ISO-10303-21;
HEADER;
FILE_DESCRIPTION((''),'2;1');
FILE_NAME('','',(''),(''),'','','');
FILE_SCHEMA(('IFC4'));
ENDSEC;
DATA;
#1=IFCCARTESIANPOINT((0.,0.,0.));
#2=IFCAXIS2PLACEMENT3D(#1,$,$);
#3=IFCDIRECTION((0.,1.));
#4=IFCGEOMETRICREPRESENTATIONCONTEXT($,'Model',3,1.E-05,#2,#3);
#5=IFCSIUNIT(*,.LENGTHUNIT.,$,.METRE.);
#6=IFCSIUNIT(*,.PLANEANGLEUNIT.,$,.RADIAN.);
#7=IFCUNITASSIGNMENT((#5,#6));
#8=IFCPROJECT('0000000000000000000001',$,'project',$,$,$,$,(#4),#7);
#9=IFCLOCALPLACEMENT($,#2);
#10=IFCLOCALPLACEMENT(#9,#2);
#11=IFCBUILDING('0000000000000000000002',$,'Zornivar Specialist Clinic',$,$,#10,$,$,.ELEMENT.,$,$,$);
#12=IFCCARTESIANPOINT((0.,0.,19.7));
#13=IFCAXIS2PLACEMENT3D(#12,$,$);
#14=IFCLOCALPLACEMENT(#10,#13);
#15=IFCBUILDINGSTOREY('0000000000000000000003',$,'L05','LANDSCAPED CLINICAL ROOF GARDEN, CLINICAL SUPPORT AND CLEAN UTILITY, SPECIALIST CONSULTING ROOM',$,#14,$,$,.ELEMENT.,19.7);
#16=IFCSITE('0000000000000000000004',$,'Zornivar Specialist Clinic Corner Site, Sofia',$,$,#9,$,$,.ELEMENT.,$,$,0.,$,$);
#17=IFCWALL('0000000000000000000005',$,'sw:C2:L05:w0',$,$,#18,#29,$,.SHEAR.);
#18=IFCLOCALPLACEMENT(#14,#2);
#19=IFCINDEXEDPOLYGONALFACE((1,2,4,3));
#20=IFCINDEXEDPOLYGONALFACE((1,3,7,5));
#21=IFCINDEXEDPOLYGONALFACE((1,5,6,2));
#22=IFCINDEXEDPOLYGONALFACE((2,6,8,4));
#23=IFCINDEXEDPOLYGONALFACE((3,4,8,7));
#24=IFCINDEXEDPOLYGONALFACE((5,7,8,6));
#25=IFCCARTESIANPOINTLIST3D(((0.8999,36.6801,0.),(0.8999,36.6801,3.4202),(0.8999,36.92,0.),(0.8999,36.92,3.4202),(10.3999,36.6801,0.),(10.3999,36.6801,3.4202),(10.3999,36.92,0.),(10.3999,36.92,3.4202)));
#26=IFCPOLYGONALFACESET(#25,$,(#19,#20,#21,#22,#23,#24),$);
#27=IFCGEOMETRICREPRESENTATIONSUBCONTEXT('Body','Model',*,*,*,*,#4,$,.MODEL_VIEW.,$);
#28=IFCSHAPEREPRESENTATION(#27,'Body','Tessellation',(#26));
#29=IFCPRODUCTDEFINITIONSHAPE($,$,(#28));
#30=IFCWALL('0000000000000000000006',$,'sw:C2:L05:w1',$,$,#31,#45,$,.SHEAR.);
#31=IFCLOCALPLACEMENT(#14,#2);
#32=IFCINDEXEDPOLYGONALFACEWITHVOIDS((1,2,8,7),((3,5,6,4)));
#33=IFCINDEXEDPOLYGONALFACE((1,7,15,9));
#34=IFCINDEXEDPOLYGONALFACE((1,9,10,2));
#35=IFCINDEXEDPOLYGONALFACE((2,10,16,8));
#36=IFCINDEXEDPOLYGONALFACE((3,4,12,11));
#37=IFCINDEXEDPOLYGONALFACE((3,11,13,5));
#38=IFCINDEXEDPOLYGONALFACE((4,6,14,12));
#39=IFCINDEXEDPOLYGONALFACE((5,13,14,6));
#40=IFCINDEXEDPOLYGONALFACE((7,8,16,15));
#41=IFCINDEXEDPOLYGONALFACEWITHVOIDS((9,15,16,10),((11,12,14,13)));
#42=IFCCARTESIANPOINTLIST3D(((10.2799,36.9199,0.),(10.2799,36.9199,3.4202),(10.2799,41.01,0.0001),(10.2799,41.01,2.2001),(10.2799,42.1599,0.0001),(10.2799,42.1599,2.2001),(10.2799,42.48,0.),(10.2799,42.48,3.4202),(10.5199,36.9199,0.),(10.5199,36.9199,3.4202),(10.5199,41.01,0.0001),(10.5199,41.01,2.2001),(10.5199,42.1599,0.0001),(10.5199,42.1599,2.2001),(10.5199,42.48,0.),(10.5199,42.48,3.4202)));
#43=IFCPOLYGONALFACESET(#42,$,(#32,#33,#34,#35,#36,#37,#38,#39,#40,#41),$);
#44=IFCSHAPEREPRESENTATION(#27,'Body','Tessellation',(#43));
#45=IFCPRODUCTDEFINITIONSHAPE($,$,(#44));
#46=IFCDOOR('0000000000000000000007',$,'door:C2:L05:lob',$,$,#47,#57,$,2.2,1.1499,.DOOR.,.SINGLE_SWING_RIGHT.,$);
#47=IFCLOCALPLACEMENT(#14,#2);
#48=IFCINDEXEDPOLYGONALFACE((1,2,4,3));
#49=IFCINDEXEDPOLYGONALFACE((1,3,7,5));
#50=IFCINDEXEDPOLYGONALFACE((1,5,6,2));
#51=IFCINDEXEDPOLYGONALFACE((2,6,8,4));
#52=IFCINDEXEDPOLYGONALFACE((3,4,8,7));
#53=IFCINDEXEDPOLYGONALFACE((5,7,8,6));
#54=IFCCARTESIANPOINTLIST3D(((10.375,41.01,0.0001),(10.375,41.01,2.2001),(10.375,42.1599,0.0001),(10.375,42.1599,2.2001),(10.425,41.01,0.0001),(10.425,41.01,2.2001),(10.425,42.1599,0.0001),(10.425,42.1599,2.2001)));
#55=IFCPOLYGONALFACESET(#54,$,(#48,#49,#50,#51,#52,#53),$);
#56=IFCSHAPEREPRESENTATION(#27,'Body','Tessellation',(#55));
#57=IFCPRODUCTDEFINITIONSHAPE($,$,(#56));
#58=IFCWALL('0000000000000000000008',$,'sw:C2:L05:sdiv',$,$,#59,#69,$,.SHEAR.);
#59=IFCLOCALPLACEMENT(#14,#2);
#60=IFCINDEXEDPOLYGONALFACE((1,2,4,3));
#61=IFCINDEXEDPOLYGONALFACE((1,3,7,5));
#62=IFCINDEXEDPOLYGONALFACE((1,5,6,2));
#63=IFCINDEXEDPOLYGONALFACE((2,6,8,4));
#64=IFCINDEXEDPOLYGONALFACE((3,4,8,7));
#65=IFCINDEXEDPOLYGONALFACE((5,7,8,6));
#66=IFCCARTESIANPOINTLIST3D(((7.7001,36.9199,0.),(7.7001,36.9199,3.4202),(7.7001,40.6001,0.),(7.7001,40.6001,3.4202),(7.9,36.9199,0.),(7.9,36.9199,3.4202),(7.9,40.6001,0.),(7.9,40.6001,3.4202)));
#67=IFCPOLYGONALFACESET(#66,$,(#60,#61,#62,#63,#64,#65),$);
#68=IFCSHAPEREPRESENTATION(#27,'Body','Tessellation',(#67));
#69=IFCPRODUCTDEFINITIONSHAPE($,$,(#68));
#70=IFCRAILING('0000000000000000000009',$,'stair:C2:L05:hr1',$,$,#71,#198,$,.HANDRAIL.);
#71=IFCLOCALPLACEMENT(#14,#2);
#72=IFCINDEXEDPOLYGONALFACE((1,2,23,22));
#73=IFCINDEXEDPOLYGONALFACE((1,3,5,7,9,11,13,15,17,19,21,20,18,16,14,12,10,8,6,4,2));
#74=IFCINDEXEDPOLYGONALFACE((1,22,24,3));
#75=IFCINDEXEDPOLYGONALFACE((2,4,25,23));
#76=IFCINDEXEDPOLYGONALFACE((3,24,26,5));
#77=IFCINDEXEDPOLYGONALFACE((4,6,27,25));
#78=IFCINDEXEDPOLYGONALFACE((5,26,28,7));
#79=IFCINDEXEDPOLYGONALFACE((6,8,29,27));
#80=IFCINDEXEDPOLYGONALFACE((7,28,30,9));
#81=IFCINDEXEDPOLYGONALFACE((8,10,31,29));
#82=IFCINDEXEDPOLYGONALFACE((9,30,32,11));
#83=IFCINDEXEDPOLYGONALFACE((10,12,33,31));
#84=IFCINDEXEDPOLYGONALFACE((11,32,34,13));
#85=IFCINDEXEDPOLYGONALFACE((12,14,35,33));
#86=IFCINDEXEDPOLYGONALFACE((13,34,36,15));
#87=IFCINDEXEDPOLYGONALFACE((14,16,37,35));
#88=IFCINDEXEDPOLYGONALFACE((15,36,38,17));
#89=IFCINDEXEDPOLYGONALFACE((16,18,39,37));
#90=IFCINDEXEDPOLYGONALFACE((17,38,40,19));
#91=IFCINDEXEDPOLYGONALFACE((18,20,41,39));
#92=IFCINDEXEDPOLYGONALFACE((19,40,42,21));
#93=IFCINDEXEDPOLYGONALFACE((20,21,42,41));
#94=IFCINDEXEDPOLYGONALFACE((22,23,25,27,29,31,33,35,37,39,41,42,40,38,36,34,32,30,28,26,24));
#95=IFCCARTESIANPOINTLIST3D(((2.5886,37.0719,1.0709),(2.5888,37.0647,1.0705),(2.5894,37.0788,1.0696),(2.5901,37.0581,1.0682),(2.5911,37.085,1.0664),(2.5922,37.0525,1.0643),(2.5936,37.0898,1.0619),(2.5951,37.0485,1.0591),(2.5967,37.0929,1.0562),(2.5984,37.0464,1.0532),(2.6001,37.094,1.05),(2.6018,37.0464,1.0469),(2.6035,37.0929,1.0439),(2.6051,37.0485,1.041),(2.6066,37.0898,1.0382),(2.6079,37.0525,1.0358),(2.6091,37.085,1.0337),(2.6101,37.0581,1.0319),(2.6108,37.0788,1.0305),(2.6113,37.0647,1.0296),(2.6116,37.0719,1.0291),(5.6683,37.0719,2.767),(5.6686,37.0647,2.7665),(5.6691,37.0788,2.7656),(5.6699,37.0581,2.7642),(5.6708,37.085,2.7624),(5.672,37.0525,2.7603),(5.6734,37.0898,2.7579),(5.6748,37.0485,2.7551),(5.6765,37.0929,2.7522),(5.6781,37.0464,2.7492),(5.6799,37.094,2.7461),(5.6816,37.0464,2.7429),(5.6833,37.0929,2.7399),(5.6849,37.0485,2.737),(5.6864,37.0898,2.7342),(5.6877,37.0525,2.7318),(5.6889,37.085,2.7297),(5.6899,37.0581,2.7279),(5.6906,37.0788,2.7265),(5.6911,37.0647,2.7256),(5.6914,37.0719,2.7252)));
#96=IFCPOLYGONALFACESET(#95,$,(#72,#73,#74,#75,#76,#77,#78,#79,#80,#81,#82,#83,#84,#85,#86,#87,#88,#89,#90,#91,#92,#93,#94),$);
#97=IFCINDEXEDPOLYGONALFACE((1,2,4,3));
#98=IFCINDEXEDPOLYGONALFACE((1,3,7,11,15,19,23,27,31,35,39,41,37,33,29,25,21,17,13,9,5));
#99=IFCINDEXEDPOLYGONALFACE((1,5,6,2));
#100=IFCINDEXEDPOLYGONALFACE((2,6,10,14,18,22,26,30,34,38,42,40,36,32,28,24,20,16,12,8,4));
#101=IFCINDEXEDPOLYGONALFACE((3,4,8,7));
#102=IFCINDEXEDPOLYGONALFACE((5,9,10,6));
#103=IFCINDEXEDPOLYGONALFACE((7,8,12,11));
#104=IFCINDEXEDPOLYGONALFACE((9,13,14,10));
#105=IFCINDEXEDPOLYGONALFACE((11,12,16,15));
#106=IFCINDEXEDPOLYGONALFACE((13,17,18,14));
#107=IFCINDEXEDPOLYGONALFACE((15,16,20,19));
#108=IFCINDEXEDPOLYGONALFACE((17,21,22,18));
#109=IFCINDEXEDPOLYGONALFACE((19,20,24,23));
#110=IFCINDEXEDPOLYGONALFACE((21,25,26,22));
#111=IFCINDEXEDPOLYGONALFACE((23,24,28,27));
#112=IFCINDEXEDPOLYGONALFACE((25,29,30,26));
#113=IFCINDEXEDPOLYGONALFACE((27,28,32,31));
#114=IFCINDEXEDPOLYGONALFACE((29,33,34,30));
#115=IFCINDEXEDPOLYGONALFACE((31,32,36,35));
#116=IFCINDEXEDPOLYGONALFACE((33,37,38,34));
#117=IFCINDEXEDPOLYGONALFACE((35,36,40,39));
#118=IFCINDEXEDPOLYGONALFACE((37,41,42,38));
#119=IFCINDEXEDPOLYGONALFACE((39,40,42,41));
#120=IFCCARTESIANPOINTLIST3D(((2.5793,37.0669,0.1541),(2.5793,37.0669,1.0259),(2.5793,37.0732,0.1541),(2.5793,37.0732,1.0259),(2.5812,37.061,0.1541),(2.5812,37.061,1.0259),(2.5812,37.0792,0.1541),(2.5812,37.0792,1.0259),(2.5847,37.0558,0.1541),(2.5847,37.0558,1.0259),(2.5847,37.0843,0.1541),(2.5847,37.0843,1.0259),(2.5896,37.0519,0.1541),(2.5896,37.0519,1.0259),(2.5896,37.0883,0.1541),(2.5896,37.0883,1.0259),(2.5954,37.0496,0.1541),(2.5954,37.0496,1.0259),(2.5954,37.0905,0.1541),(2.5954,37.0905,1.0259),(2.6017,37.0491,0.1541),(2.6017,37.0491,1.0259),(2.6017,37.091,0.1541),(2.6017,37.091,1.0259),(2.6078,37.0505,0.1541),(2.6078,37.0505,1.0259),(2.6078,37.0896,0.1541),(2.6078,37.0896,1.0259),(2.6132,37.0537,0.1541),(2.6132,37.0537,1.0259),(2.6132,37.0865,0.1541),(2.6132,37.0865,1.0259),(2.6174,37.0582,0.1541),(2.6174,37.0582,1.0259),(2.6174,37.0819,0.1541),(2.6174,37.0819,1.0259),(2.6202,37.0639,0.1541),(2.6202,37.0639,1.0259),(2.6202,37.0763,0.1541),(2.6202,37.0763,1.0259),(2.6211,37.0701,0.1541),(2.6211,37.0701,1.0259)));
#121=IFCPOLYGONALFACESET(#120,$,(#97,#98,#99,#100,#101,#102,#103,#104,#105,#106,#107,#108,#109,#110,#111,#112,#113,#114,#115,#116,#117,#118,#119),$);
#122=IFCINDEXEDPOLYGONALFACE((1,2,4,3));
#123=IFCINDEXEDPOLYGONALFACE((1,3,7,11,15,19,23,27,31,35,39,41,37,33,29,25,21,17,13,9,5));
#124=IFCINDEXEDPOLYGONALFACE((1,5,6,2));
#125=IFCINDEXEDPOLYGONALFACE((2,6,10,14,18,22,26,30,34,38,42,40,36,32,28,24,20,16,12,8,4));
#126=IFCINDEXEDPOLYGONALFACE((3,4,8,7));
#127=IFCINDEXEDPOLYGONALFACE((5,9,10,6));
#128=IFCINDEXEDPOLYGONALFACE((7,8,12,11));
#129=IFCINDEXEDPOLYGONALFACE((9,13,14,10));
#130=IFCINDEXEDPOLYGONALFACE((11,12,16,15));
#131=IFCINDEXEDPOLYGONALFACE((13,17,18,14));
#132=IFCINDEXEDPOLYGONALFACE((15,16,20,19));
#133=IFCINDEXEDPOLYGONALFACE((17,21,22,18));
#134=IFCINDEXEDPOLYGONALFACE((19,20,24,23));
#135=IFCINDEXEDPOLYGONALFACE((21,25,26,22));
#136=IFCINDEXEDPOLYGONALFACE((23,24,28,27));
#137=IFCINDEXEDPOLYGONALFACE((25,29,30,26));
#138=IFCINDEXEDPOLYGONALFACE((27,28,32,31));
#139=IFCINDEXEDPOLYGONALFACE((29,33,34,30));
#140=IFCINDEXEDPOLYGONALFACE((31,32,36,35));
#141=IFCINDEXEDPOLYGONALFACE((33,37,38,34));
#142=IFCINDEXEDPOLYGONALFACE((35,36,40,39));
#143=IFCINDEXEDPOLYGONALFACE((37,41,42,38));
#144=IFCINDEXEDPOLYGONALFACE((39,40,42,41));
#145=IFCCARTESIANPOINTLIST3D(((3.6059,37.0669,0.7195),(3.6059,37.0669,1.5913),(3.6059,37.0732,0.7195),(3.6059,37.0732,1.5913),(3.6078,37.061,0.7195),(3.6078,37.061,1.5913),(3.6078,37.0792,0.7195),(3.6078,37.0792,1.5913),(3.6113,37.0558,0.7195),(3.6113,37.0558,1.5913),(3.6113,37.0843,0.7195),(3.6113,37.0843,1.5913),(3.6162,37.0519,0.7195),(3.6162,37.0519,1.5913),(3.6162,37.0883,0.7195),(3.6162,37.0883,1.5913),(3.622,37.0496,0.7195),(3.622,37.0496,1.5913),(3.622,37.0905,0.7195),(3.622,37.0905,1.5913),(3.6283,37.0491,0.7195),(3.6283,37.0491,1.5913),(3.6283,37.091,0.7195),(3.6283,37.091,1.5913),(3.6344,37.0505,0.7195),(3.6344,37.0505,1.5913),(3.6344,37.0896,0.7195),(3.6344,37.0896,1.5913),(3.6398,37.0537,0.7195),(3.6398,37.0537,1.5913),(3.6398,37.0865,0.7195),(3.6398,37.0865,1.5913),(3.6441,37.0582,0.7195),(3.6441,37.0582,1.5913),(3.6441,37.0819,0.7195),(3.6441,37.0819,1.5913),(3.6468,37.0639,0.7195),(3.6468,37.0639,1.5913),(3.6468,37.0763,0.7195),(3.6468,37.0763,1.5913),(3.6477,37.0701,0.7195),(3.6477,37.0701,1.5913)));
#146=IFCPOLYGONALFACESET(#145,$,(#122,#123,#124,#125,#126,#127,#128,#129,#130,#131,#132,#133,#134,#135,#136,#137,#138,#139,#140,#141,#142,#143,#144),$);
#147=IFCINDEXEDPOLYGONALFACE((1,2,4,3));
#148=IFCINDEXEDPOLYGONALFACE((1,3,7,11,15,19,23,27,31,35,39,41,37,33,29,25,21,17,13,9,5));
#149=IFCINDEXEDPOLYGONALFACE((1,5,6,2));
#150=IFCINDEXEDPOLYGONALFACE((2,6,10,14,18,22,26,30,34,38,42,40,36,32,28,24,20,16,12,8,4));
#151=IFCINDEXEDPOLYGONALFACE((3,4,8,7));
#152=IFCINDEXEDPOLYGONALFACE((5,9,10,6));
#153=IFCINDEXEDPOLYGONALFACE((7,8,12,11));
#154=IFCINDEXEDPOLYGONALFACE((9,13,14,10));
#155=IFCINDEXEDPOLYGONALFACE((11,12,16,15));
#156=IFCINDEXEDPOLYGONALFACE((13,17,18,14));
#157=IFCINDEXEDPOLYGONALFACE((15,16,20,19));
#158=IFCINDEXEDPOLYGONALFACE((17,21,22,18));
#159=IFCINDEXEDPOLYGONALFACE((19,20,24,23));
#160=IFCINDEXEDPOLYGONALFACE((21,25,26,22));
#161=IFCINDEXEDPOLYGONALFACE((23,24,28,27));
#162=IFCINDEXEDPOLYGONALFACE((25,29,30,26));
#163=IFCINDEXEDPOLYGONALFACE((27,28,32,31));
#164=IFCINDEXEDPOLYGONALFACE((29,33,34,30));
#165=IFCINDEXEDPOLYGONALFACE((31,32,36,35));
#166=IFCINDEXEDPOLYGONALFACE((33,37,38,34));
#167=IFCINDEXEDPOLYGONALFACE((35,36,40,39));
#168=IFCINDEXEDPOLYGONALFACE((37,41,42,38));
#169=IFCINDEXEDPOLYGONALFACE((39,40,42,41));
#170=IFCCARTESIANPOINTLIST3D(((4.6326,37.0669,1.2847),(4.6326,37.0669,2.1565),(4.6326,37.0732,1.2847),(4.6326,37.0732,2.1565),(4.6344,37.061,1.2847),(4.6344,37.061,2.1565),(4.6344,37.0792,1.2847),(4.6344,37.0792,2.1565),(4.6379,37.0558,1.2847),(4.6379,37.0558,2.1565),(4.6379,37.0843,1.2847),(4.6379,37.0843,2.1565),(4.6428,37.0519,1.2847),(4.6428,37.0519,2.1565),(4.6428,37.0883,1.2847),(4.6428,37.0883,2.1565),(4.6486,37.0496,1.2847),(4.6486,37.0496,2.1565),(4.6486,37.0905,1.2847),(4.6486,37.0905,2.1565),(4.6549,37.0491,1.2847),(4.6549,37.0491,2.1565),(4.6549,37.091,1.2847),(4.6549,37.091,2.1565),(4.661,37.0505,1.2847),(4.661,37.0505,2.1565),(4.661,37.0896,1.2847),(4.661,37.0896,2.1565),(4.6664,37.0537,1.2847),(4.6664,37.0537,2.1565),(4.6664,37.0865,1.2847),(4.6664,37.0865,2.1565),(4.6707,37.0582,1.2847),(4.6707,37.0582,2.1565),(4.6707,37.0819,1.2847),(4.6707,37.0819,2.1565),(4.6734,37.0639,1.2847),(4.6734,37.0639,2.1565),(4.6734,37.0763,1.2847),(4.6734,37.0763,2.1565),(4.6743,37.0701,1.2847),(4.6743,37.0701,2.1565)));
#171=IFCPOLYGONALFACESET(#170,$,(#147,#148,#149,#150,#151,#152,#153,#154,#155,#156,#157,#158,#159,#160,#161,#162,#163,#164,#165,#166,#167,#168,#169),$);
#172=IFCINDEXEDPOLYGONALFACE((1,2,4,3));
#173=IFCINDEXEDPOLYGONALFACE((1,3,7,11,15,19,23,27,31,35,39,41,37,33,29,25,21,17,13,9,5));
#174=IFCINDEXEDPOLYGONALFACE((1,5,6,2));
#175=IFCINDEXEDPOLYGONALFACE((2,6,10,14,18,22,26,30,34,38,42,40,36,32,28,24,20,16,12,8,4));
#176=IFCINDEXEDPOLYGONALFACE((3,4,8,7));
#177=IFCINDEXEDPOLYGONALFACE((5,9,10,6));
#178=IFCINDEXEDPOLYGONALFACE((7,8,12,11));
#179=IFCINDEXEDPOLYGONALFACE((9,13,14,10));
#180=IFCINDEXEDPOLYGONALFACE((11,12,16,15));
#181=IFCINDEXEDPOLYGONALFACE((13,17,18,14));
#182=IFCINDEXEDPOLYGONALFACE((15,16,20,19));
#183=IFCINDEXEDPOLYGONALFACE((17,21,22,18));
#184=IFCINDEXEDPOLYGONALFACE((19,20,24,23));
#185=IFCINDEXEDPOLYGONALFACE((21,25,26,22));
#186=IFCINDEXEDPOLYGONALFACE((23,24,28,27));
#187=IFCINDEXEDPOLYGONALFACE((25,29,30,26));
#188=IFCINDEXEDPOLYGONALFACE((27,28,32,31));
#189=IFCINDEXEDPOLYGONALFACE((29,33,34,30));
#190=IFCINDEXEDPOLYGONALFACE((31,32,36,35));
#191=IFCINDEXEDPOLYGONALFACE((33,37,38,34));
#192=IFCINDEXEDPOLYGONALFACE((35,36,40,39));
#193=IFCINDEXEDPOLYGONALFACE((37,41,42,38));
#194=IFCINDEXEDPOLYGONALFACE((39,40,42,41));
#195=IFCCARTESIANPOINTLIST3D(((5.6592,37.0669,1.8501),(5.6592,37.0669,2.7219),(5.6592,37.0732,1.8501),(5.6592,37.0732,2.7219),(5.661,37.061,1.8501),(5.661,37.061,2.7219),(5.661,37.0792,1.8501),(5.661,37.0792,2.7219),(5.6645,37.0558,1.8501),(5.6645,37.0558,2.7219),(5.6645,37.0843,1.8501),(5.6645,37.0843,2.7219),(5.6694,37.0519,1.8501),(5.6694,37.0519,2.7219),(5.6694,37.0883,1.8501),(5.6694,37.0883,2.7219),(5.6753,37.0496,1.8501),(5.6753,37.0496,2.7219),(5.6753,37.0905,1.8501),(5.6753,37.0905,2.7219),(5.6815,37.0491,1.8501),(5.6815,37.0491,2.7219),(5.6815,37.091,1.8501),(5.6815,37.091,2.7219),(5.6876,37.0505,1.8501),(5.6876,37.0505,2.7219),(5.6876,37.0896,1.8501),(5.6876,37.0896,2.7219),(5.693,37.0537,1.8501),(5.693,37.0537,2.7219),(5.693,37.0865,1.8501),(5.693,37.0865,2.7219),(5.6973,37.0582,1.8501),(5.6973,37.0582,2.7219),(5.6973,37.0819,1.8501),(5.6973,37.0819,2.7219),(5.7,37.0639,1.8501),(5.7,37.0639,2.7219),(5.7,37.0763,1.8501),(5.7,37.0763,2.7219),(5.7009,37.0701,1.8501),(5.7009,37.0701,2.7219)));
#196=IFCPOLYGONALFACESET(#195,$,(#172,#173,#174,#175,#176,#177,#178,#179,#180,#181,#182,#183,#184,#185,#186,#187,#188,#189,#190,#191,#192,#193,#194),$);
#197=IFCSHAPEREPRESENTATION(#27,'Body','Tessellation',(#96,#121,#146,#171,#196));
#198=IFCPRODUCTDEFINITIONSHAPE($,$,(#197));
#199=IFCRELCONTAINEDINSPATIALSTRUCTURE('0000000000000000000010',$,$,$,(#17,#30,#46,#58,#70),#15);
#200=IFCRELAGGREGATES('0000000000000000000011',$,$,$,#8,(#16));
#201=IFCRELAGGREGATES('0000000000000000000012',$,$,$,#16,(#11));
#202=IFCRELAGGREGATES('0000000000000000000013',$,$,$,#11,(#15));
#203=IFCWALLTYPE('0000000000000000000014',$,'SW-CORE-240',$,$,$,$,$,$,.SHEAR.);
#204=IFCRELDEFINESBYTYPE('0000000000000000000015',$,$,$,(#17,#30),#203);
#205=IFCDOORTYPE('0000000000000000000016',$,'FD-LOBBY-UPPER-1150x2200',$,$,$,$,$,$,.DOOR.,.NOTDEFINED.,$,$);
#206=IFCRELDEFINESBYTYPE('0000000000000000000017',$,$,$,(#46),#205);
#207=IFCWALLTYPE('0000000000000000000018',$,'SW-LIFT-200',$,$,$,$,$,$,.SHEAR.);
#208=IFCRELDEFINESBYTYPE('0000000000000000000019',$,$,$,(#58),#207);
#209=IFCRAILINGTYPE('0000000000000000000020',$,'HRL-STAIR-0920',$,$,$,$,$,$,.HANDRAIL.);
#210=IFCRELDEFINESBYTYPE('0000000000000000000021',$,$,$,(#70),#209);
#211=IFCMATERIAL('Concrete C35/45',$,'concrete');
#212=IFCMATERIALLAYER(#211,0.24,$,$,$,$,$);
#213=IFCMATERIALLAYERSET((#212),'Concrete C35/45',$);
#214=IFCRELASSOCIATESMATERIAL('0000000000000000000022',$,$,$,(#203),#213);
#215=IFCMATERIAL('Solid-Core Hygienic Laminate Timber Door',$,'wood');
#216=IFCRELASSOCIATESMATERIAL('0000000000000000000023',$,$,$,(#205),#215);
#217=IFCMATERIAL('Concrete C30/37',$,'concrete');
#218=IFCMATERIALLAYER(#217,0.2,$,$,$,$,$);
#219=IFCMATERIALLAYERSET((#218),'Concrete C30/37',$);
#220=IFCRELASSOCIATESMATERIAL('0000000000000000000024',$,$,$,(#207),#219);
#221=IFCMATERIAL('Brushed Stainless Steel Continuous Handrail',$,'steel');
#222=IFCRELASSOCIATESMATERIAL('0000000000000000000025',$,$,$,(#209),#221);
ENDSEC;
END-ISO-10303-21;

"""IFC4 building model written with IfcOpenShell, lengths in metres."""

from ifc_helpers import new_model, si_unit, direction, frame, frame_2d, origin, origin_2d, place, context, subcontext, project, spatial, rectangle, circle, extrude, material, layer, layer_set, type_object, element, fill, save


model = new_model("IFC4")

# Units and contexts
model_context = context("Model", 3, precision=1e-05, world=origin(), true_north=direction((0.0, 1.0)))
body_context = subcontext(model_context, "Body", "Model", "MODEL_VIEW")
ifc_project = project(units=[si_unit("LENGTHUNIT", "METRE"), si_unit("PLANEANGLEUNIT", "RADIAN")], contexts=[model_context])

# Site, building, storey
site_placement = place(None, origin())
site = spatial("IfcSite", under=ifc_project, at=site_placement, Name="Zornivar Specialist Clinic Corner Site, Sofia", CompositionType="ELEMENT", RefElevation=0.0)
building_placement = place(site_placement, origin())
building = spatial("IfcBuilding", under=site, at=building_placement, Name="Zornivar Specialist Clinic", CompositionType="ELEMENT")
storey_placement = place(building_placement, frame((0.0, 0.0, 19.7)))
storey = spatial("IfcBuildingStorey", under=building, at=storey_placement, Name="L05", Description="LANDSCAPED CLINICAL ROOF GARDEN, CLINICAL SUPPORT AND CLEAN UTILITY, SPECIALIST CONSULTING ROOM", CompositionType="ELEMENT", Elevation=19.7)

# Wall
ifc_material_1 = material(Name="Concrete C35/45", Category="concrete")
ifc_layer_1 = layer(ifc_material_1, 0.24)
ifc_layer_set_1 = layer_set([ifc_layer_1], Name="Concrete C35/45")
wall_type_1 = type_object("IfcWallType", Name="SW-CORE-240", PredefinedType="SHEAR", material=ifc_layer_set_1)
wall_1_placement = place(storey_placement, frame((0.8999, 36.8, 0.0), z_axis=(0.0, 0.0, 1.0), x_axis=(1.0, 0.0, 0.0)))
element("IfcWall", 1, at=wall_1_placement, inside=storey, type_object=wall_type_1, Name="sw:C2:L05:w0", PredefinedType="SHEAR", context=body_context, shape_type="SweptSolid", body=[
    extrude(rectangle(XDim=9.5, YDim=0.24, at=frame_2d((4.75, 0.0))), origin(), (0.0, 0.0, 1.0), 3.4202),
])

# Wall, opening, door
wall_2_placement = place(storey_placement, frame((10.3999, 36.9199, 0.0), z_axis=(0.0, 0.0, 1.0), x_axis=(0.0, 1.0, 0.0)))
wall_2 = element("IfcWall", 2, at=wall_2_placement, inside=storey, type_object=wall_type_1, Name="sw:C2:L05:w1", PredefinedType="SHEAR", context=body_context, shape_type="SweptSolid", body=[
    extrude(rectangle(XDim=5.5601, YDim=0.24, at=frame_2d((2.78, 0.0))), origin(), (0.0, 0.0, 1.0), 3.4202),
])
opening_1_placement = place(wall_2_placement, frame((4.0901, 0.0, 0.0)))
opening_1 = element("IfcOpeningElement", 3, at=opening_1_placement, cuts=wall_2, PredefinedType="OPENING", context=body_context, shape_type="SweptSolid", body=[
    extrude(rectangle(XDim=1.1499, YDim=2.2, at=frame_2d((0.575, 1.1001))), frame((0.0, 0.1299, 0.0), z_axis=(0.0, -1.0, 0.0), x_axis=(1.0, 0.0, 0.0)), (0.0, 0.0, 1.0), 0.26),
])
ifc_material_2 = material(Name="Solid-Core Hygienic Laminate Timber Door", Category="wood")
door_type_1 = type_object("IfcDoorType", Name="FD-LOBBY-UPPER-1150x2200", OperationType="NOTDEFINED", PredefinedType="DOOR", material=ifc_material_2)
door_1_placement = place(opening_1_placement, origin())
door_1 = element("IfcDoor", 4, at=door_1_placement, inside=storey, type_object=door_type_1, Name="door:C2:L05:lob", OperationType="SINGLE_SWING_RIGHT", OverallHeight=2.2, OverallWidth=1.1499, PredefinedType="DOOR", context=body_context, shape_type="SweptSolid", body=[
    extrude(rectangle(XDim=1.1499, YDim=2.2, at=frame_2d((0.575, 1.1001))), frame((0.0, 0.0249, 0.0), z_axis=(0.0, -1.0, 0.0), x_axis=(1.0, 0.0, 0.0)), (0.0, 0.0, 1.0), 0.05),
])
fill(opening_1, door_1)

# Wall
ifc_material_3 = material(Name="Concrete C30/37", Category="concrete")
ifc_layer_2 = layer(ifc_material_3, 0.2)
ifc_layer_set_2 = layer_set([ifc_layer_2], Name="Concrete C30/37")
wall_type_2 = type_object("IfcWallType", Name="SW-LIFT-200", PredefinedType="SHEAR", material=ifc_layer_set_2)
wall_3_placement = place(storey_placement, frame((7.8, 36.9199, 0.0), z_axis=(0.0, 0.0, 1.0), x_axis=(0.0, 1.0, 0.0)))
element("IfcWall", 5, at=wall_3_placement, inside=storey, type_object=wall_type_2, Name="sw:C2:L05:sdiv", PredefinedType="SHEAR", context=body_context, shape_type="SweptSolid", body=[
    extrude(rectangle(XDim=3.6802, YDim=0.2, at=frame_2d((1.8401, 0.0))), origin(), (0.0, 0.0, 1.0), 3.4202),
])

# Railing
ifc_material_4 = material(Name="Brushed Stainless Steel Continuous Handrail", Category="steel")
railing_type = type_object("IfcRailingType", Name="HRL-STAIR-0920", PredefinedType="HANDRAIL", material=ifc_material_4)
railing_placement = place(storey_placement, frame((2.6001, 37.0701, 0.1541)))
element("IfcRailing", 6, at=railing_placement, inside=storey, type_object=railing_type, Name="stair:C2:L05:hr1", PredefinedType="HANDRAIL", context=body_context, shape_type="SweptSolid", body=[
    extrude(circle(Radius=0.0239, at=origin_2d()), frame((0.0, 0.0, 0.896), z_axis=(0.875959, 0.0, 0.482385), x_axis=(0.0, 1.0, 0.0)), (0.0, 0.0, 1.0), 3.5159),
    extrude(circle(Radius=0.021, at=origin_2d()), origin(), (0.0, 0.0, 1.0), 0.8718),
    extrude(circle(Radius=0.021, at=origin_2d()), frame((1.0266, 0.0, 0.5654)), (0.0, 0.0, 1.0), 0.8718),
    extrude(circle(Radius=0.021, at=origin_2d()), frame((2.0532, 0.0, 1.1306)), (0.0, 0.0, 1.0), 0.8718),
    extrude(circle(Radius=0.021, at=origin_2d()), frame((3.0798, 0.0, 1.696)), (0.0, 0.0, 1.0), 0.8718),
])

save(model, "model.ifc")
